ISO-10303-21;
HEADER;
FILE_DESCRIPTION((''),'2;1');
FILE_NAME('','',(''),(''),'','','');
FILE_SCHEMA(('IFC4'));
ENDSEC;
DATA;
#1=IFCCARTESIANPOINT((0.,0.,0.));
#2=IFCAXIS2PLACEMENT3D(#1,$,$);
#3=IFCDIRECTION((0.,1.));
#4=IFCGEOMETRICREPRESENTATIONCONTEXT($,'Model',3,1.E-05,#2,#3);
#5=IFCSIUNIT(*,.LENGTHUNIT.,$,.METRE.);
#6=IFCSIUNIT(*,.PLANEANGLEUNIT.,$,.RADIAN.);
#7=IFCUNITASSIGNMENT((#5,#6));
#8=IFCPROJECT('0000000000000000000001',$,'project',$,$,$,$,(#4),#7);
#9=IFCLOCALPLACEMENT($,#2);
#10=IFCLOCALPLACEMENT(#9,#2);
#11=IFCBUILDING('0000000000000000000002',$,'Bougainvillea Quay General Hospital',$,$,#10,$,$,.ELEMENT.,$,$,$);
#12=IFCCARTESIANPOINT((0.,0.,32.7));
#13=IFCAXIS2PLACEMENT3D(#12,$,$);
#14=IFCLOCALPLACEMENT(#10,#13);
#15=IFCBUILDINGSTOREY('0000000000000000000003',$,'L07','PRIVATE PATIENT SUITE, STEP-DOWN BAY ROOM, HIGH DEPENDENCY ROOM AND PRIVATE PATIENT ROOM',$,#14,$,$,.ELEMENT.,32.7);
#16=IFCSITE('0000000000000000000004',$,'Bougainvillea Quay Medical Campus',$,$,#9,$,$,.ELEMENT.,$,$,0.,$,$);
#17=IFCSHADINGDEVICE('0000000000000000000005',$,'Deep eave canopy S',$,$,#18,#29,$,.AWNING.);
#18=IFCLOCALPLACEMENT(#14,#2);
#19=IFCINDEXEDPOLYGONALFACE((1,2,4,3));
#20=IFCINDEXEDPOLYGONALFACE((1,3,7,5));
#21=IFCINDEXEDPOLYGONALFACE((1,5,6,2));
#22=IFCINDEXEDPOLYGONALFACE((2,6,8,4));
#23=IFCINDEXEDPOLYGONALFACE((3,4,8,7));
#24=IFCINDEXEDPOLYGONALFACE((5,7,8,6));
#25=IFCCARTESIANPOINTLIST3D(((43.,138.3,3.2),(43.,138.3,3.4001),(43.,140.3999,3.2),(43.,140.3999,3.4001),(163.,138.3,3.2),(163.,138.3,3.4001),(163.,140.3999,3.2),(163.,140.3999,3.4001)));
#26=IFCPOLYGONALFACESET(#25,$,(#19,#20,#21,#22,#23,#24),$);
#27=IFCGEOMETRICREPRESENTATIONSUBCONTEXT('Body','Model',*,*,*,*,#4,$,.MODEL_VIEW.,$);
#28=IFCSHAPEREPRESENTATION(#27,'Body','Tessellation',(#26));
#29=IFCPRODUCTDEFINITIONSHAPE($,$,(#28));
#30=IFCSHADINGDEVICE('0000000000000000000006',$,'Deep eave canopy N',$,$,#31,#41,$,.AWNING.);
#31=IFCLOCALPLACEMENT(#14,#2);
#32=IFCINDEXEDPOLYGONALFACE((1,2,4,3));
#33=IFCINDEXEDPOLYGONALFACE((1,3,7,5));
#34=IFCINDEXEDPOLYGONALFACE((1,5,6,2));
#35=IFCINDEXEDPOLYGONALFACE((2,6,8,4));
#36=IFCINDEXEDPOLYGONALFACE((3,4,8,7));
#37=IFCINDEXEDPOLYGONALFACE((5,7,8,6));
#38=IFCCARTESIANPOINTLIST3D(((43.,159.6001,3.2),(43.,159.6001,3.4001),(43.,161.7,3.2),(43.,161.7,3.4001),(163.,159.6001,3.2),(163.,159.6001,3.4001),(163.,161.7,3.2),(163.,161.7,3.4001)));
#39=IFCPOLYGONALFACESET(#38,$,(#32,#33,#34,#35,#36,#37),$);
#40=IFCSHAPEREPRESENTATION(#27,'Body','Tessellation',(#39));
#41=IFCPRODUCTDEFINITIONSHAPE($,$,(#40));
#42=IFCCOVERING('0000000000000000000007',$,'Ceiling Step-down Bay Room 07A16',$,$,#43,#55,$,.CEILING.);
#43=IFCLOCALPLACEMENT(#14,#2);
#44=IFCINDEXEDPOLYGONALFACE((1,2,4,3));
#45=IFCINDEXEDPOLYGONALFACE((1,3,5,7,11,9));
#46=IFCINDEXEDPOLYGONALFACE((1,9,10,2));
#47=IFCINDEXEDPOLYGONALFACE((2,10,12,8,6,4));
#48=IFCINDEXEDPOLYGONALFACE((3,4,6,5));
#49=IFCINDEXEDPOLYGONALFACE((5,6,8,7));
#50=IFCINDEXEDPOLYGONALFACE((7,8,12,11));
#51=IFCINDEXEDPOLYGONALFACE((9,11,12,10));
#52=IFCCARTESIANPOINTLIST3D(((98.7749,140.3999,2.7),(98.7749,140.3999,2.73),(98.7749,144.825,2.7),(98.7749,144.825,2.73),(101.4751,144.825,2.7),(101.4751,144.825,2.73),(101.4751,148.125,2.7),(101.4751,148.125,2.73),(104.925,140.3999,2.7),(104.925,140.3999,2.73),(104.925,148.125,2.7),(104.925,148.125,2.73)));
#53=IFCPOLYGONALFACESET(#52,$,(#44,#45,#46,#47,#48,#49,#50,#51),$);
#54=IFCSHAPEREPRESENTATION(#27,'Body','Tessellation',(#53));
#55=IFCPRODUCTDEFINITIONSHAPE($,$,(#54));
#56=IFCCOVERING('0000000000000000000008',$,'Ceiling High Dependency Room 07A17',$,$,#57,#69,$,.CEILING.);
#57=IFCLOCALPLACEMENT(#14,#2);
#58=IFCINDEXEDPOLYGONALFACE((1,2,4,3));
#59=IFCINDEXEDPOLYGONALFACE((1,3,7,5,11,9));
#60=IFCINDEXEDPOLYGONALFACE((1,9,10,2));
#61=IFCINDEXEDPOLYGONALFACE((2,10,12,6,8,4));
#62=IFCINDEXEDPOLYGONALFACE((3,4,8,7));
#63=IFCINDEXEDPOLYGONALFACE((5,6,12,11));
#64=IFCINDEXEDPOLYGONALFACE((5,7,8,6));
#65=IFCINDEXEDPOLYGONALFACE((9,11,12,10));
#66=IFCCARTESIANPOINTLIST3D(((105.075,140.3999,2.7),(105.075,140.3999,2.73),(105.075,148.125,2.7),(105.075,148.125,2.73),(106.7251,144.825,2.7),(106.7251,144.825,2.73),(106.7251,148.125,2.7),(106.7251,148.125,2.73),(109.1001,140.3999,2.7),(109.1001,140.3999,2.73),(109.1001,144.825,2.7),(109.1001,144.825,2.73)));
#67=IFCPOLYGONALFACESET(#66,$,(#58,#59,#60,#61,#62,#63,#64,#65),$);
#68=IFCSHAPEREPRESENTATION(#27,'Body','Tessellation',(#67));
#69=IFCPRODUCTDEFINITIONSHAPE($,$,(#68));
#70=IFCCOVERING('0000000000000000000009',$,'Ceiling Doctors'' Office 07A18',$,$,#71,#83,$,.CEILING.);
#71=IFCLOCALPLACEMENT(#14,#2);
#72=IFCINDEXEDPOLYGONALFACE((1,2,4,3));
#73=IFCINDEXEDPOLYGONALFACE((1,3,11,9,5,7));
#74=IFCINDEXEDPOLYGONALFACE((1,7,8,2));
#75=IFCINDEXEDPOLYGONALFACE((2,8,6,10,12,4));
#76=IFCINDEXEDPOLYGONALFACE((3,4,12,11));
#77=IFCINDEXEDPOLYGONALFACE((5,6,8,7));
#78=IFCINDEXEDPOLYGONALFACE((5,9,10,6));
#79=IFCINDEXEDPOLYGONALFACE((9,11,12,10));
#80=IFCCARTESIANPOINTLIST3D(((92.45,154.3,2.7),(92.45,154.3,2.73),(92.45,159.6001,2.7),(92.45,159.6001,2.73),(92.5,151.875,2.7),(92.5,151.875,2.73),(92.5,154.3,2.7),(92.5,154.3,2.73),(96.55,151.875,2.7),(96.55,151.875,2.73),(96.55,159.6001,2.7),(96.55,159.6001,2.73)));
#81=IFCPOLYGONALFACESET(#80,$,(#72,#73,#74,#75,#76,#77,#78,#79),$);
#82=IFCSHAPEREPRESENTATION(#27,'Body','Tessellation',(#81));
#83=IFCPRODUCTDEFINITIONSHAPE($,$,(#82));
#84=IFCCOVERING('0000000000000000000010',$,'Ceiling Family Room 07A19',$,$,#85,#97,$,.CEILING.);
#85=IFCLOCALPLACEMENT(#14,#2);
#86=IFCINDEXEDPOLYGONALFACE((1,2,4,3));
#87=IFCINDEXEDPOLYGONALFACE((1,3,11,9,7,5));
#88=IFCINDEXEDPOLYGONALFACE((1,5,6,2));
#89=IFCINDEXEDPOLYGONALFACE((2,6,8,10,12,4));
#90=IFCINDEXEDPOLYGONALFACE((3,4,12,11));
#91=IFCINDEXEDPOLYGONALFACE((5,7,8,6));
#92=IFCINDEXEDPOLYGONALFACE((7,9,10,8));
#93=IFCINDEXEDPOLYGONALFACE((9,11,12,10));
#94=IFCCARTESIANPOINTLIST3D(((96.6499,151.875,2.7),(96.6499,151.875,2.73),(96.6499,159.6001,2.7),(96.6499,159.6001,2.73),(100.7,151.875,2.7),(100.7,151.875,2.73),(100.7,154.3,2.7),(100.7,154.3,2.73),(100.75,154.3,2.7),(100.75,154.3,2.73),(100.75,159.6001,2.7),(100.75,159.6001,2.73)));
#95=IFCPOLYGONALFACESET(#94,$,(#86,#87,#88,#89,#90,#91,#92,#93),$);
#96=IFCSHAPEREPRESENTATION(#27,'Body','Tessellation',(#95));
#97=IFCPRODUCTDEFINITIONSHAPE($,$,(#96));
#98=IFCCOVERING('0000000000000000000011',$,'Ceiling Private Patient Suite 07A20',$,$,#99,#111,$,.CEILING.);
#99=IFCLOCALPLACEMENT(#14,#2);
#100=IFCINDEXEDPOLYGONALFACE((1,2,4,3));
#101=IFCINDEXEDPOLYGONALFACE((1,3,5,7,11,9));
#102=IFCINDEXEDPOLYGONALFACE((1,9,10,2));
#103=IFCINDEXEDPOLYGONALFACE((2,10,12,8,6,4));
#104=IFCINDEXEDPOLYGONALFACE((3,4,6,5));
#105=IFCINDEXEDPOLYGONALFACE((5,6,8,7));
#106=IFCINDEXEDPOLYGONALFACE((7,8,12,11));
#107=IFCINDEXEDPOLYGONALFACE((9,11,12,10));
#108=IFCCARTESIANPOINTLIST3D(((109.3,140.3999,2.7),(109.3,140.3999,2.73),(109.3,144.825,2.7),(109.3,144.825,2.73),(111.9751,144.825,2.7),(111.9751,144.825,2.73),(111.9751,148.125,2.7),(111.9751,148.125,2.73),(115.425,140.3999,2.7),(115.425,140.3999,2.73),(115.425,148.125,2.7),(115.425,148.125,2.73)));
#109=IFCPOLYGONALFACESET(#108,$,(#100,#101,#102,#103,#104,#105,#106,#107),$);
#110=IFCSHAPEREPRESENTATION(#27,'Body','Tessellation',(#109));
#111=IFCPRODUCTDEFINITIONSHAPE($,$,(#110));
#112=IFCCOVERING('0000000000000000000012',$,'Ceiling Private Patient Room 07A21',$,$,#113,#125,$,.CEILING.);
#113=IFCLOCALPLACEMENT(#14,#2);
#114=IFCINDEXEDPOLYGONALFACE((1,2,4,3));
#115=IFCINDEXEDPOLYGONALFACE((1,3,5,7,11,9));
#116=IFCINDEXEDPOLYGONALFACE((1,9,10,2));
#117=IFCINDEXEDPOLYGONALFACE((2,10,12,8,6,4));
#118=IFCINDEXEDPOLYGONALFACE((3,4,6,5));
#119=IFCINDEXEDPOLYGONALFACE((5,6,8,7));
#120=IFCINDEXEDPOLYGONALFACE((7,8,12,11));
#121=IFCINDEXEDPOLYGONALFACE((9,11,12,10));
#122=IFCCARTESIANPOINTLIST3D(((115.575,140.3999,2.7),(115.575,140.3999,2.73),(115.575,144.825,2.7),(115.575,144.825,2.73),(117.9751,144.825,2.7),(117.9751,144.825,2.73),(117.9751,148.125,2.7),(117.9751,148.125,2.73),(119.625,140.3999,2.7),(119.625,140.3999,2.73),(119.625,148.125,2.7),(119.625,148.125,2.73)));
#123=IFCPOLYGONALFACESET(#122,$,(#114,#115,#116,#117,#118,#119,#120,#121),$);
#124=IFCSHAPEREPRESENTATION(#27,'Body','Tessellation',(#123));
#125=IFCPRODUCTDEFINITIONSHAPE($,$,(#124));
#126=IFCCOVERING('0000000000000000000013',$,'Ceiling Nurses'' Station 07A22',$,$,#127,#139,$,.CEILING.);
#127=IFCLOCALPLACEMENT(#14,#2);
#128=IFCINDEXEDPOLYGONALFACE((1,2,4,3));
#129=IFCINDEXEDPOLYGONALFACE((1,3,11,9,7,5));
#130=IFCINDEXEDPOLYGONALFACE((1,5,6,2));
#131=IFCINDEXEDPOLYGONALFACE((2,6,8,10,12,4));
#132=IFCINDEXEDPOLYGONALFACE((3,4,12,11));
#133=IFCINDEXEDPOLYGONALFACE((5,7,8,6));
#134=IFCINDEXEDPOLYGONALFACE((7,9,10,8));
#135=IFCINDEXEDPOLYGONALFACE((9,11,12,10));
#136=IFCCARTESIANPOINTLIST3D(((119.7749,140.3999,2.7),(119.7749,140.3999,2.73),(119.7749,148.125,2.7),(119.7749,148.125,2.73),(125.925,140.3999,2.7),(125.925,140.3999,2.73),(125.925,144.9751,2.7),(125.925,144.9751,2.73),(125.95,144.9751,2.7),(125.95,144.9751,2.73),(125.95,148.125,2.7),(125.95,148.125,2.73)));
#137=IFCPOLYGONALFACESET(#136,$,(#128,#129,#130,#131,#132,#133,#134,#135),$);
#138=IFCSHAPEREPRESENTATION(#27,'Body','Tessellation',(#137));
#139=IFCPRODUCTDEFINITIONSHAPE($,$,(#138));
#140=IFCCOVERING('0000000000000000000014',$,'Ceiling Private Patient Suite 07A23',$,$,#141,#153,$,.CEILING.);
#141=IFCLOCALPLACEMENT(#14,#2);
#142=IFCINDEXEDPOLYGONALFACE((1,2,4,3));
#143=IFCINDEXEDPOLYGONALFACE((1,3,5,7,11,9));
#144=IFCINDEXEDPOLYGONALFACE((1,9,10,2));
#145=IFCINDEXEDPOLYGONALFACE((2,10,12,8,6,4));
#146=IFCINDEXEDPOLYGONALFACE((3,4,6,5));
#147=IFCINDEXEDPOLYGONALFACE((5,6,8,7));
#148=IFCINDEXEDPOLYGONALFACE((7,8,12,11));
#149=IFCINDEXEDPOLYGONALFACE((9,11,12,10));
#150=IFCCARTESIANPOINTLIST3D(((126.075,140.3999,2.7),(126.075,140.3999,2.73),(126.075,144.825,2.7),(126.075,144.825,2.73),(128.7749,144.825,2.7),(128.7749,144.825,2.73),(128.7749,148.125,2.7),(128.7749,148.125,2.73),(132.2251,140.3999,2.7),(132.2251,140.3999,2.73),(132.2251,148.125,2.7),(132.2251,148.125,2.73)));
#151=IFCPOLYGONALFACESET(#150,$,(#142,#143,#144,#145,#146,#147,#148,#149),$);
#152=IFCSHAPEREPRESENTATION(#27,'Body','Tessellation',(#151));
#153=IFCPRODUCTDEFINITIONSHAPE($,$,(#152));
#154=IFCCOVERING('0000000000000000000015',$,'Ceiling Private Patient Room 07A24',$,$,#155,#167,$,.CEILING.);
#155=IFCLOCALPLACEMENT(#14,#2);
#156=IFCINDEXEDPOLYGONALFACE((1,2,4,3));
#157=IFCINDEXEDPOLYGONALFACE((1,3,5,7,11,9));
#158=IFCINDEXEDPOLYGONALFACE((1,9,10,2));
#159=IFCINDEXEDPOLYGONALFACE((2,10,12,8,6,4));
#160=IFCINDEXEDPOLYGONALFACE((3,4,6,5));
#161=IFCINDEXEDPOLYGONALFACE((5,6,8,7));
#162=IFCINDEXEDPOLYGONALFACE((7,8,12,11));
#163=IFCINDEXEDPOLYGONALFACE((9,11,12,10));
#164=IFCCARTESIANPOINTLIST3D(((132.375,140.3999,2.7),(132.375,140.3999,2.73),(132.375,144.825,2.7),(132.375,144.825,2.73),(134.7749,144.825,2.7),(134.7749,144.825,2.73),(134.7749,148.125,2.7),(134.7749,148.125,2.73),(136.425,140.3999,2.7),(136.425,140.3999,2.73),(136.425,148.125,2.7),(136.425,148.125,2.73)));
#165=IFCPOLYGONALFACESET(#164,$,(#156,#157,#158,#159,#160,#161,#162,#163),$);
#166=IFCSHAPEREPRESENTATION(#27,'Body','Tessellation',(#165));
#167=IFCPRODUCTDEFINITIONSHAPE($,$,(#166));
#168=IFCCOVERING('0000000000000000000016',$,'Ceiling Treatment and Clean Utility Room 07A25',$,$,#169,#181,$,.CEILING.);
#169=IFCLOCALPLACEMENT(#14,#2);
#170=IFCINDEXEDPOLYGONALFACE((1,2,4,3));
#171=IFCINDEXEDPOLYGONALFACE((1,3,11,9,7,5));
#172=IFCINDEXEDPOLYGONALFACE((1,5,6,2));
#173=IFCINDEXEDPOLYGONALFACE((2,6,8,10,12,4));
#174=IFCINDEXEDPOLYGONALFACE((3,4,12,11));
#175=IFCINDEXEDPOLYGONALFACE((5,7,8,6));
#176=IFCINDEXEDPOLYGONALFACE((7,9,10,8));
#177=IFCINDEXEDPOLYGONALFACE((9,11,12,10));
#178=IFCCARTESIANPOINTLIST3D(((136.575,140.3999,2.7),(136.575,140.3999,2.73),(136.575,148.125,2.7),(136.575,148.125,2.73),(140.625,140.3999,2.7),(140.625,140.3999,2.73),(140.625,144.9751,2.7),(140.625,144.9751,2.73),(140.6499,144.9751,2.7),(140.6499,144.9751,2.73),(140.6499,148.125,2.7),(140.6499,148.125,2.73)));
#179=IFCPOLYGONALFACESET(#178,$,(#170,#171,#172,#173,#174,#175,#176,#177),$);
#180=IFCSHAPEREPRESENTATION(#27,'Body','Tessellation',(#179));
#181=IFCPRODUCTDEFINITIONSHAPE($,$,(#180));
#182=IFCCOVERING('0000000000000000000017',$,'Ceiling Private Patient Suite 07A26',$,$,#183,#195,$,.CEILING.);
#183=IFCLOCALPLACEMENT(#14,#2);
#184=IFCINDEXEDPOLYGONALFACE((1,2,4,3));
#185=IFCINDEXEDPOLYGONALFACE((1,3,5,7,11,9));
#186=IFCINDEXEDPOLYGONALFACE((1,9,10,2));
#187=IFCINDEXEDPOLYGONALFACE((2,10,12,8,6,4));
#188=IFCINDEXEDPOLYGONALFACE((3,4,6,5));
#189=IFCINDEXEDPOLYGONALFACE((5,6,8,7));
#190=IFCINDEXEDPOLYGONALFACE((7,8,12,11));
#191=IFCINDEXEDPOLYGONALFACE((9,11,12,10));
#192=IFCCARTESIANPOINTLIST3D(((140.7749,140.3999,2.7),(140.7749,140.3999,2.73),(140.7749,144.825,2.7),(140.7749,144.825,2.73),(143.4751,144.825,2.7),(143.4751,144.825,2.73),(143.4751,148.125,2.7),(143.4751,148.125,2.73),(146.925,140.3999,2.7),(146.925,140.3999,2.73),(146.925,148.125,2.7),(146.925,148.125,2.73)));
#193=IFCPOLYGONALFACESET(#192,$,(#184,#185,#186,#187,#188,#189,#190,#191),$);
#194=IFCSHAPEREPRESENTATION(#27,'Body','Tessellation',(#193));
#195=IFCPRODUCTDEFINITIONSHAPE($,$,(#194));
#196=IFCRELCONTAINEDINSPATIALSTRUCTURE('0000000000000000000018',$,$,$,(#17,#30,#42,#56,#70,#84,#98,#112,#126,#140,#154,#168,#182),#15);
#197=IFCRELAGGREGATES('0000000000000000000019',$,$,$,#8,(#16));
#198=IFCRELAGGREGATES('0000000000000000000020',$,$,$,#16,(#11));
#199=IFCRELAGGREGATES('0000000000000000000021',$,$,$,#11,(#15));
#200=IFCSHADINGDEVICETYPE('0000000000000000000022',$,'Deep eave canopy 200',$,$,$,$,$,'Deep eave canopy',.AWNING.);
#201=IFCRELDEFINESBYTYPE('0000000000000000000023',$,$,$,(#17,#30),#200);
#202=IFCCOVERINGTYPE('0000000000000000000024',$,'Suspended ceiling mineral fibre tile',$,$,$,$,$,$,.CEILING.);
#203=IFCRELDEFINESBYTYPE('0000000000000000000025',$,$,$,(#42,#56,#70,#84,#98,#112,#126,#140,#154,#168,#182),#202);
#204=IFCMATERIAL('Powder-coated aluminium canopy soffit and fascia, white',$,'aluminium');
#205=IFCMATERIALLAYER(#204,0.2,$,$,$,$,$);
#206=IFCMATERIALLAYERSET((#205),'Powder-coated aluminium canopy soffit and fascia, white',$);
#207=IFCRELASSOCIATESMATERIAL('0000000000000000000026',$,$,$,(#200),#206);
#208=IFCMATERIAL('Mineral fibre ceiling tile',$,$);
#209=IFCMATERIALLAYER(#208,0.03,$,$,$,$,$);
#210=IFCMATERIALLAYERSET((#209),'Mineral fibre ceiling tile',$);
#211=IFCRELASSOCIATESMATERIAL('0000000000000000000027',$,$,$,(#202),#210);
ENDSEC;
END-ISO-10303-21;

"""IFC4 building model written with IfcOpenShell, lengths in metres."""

from ifc_helpers import new_model, si_unit, direction, frame, origin, place, context, subcontext, project, spatial, polyline, outline, extrude, material, layer, layer_set, type_object, element, save


model = new_model("IFC4")

# Units and contexts
model_context = context("Model", 3, precision=1e-05, world=origin(), true_north=direction((0.0, 1.0)))
body_context = subcontext(model_context, "Body", "Model", "MODEL_VIEW")
ifc_project = project(units=[si_unit("LENGTHUNIT", "METRE"), si_unit("PLANEANGLEUNIT", "RADIAN")], contexts=[model_context])

# Site, building, storey
site_placement = place(None, origin())
site = spatial("IfcSite", under=ifc_project, at=site_placement, Name="Bougainvillea Quay Medical Campus", CompositionType="ELEMENT", RefElevation=0.0)
building_placement = place(site_placement, origin())
building = spatial("IfcBuilding", under=site, at=building_placement, Name="Bougainvillea Quay General Hospital", CompositionType="ELEMENT")
storey_placement = place(building_placement, frame((0.0, 0.0, 32.7)))
storey = spatial("IfcBuildingStorey", under=building, at=storey_placement, Name="L07", Description="PRIVATE PATIENT SUITE, STEP-DOWN BAY ROOM, HIGH DEPENDENCY ROOM AND PRIVATE PATIENT ROOM", CompositionType="ELEMENT", Elevation=32.7)

# Shading devices
ifc_material_1 = material(Name="Powder-coated aluminium canopy soffit and fascia, white", Category="aluminium")
ifc_layer_1 = layer(ifc_material_1, 0.2)
ifc_layer_set_1 = layer_set([ifc_layer_1], Name="Powder-coated aluminium canopy soffit and fascia, white")
shading_device_type = type_object("IfcShadingDeviceType", Name="Deep eave canopy 200", ElementType="Deep eave canopy", PredefinedType="AWNING", material=ifc_layer_set_1)
shading_device_1_placement = place(storey_placement, frame((0.0, 0.0, 3.2)))
element("IfcShadingDevice", 1, at=shading_device_1_placement, inside=storey, type_object=shading_device_type, Name="Deep eave canopy S", PredefinedType="AWNING", context=body_context, shape_type="SweptSolid", body=[
    extrude(outline(polyline([(43.0, 140.3999), (163.0, 140.3999), (163.0, 138.3), (43.0, 138.3), (43.0, 140.3999)])), origin(), (0.0, 0.0, 1.0), 0.2002),
])
shading_device_2_placement = place(storey_placement, frame((0.0, 0.0, 3.2)))
element("IfcShadingDevice", 2, at=shading_device_2_placement, inside=storey, type_object=shading_device_type, Name="Deep eave canopy N", PredefinedType="AWNING", context=body_context, shape_type="SweptSolid", body=[
    extrude(outline(polyline([(43.0, 159.6001), (163.0, 159.6001), (163.0, 161.7), (43.0, 161.7), (43.0, 159.6001)])), origin(), (0.0, 0.0, 1.0), 0.2002),
])

# Coverings
ifc_material_2 = material(Name="Mineral fibre ceiling tile")
ifc_layer_2 = layer(ifc_material_2, 0.03)
ifc_layer_set_2 = layer_set([ifc_layer_2], Name="Mineral fibre ceiling tile")
covering_type = type_object("IfcCoveringType", Name="Suspended ceiling mineral fibre tile", PredefinedType="CEILING", material=ifc_layer_set_2)
covering_1_placement = place(storey_placement, frame((0.0, 0.0, 2.7)))
element("IfcCovering", 3, at=covering_1_placement, inside=storey, type_object=covering_type, Name="Ceiling Step-down Bay Room 07A16", PredefinedType="CEILING", context=body_context, shape_type="SweptSolid", body=[
    extrude(outline(polyline([(104.925, 140.3999), (104.925, 148.125), (101.4751, 148.125), (101.4751, 144.825), (98.7749, 144.825), (98.7749, 140.3999), (104.925, 140.3999)])), origin(), (0.0, 0.0, 1.0), 0.03),
])
covering_2_placement = place(storey_placement, frame((0.0, 0.0, 2.7)))
element("IfcCovering", 4, at=covering_2_placement, inside=storey, type_object=covering_type, Name="Ceiling High Dependency Room 07A17", PredefinedType="CEILING", context=body_context, shape_type="SweptSolid", body=[
    extrude(outline(polyline([(109.1001, 140.3999), (109.1001, 144.825), (106.7251, 144.825), (106.7251, 148.125), (105.075, 148.125), (105.075, 140.3999), (109.1001, 140.3999)])), origin(), (0.0, 0.0, 1.0), 0.03),
])
covering_3_placement = place(storey_placement, frame((0.0, 0.0, 2.7)))
element("IfcCovering", 5, at=covering_3_placement, inside=storey, type_object=covering_type, Name="Ceiling Doctors' Office 07A18", PredefinedType="CEILING", context=body_context, shape_type="SweptSolid", body=[
    extrude(outline(polyline([(92.45, 159.6001), (92.45, 154.3), (92.5, 154.3), (92.5, 151.875), (96.55, 151.875), (96.55, 159.6001), (92.45, 159.6001)])), origin(), (0.0, 0.0, 1.0), 0.03),
])
covering_4_placement = place(storey_placement, frame((0.0, 0.0, 2.7)))
element("IfcCovering", 6, at=covering_4_placement, inside=storey, type_object=covering_type, Name="Ceiling Family Room 07A19", PredefinedType="CEILING", context=body_context, shape_type="SweptSolid", body=[
    extrude(outline(polyline([(96.6499, 159.6001), (96.6499, 151.875), (100.7, 151.875), (100.7, 154.3), (100.75, 154.3), (100.75, 159.6001), (96.6499, 159.6001)])), origin(), (0.0, 0.0, 1.0), 0.03),
])
covering_5_placement = place(storey_placement, frame((0.0, 0.0, 2.7)))
element("IfcCovering", 7, at=covering_5_placement, inside=storey, type_object=covering_type, Name="Ceiling Private Patient Suite 07A20", PredefinedType="CEILING", context=body_context, shape_type="SweptSolid", body=[
    extrude(outline(polyline([(115.425, 140.3999), (115.425, 148.125), (111.9751, 148.125), (111.9751, 144.825), (109.3, 144.825), (109.3, 140.3999), (115.425, 140.3999)])), origin(), (0.0, 0.0, 1.0), 0.03),
])
covering_6_placement = place(storey_placement, frame((0.0, 0.0, 2.7)))
element("IfcCovering", 8, at=covering_6_placement, inside=storey, type_object=covering_type, Name="Ceiling Private Patient Room 07A21", PredefinedType="CEILING", context=body_context, shape_type="SweptSolid", body=[
    extrude(outline(polyline([(119.625, 140.3999), (119.625, 148.125), (117.9751, 148.125), (117.9751, 144.825), (115.575, 144.825), (115.575, 140.3999), (119.625, 140.3999)])), origin(), (0.0, 0.0, 1.0), 0.03),
])
covering_7_placement = place(storey_placement, frame((0.0, 0.0, 2.7)))
element("IfcCovering", 9, at=covering_7_placement, inside=storey, type_object=covering_type, Name="Ceiling Nurses' Station 07A22", PredefinedType="CEILING", context=body_context, shape_type="SweptSolid", body=[
    extrude(outline(polyline([(125.925, 140.3999), (125.925, 144.9751), (125.95, 144.9751), (125.95, 148.125), (119.7749, 148.125), (119.7749, 140.3999), (125.925, 140.3999)])), origin(), (0.0, 0.0, 1.0), 0.03),
])
covering_8_placement = place(storey_placement, frame((0.0, 0.0, 2.7)))
element("IfcCovering", 10, at=covering_8_placement, inside=storey, type_object=covering_type, Name="Ceiling Private Patient Suite 07A23", PredefinedType="CEILING", context=body_context, shape_type="SweptSolid", body=[
    extrude(outline(polyline([(132.2251, 140.3999), (132.2251, 148.125), (128.7749, 148.125), (128.7749, 144.825), (126.075, 144.825), (126.075, 140.3999), (132.2251, 140.3999)])), origin(), (0.0, 0.0, 1.0), 0.03),
])
covering_9_placement = place(storey_placement, frame((0.0, 0.0, 2.7)))
element("IfcCovering", 11, at=covering_9_placement, inside=storey, type_object=covering_type, Name="Ceiling Private Patient Room 07A24", PredefinedType="CEILING", context=body_context, shape_type="SweptSolid", body=[
    extrude(outline(polyline([(136.425, 140.3999), (136.425, 148.125), (134.7749, 148.125), (134.7749, 144.825), (132.375, 144.825), (132.375, 140.3999), (136.425, 140.3999)])), origin(), (0.0, 0.0, 1.0), 0.03),
])
covering_10_placement = place(storey_placement, frame((0.0, 0.0, 2.7)))
element("IfcCovering", 12, at=covering_10_placement, inside=storey, type_object=covering_type, Name="Ceiling Treatment and Clean Utility Room 07A25", PredefinedType="CEILING", context=body_context, shape_type="SweptSolid", body=[
    extrude(outline(polyline([(140.625, 140.3999), (140.625, 144.9751), (140.6499, 144.9751), (140.6499, 148.125), (136.575, 148.125), (136.575, 140.3999), (140.625, 140.3999)])), origin(), (0.0, 0.0, 1.0), 0.03),
])
covering_11_placement = place(storey_placement, frame((0.0, 0.0, 2.7)))
element("IfcCovering", 13, at=covering_11_placement, inside=storey, type_object=covering_type, Name="Ceiling Private Patient Suite 07A26", PredefinedType="CEILING", context=body_context, shape_type="SweptSolid", body=[
    extrude(outline(polyline([(146.925, 140.3999), (146.925, 148.125), (143.4751, 148.125), (143.4751, 144.825), (140.7749, 144.825), (140.7749, 140.3999), (146.925, 140.3999)])), origin(), (0.0, 0.0, 1.0), 0.03),
])

save(model, "model.ifc")
